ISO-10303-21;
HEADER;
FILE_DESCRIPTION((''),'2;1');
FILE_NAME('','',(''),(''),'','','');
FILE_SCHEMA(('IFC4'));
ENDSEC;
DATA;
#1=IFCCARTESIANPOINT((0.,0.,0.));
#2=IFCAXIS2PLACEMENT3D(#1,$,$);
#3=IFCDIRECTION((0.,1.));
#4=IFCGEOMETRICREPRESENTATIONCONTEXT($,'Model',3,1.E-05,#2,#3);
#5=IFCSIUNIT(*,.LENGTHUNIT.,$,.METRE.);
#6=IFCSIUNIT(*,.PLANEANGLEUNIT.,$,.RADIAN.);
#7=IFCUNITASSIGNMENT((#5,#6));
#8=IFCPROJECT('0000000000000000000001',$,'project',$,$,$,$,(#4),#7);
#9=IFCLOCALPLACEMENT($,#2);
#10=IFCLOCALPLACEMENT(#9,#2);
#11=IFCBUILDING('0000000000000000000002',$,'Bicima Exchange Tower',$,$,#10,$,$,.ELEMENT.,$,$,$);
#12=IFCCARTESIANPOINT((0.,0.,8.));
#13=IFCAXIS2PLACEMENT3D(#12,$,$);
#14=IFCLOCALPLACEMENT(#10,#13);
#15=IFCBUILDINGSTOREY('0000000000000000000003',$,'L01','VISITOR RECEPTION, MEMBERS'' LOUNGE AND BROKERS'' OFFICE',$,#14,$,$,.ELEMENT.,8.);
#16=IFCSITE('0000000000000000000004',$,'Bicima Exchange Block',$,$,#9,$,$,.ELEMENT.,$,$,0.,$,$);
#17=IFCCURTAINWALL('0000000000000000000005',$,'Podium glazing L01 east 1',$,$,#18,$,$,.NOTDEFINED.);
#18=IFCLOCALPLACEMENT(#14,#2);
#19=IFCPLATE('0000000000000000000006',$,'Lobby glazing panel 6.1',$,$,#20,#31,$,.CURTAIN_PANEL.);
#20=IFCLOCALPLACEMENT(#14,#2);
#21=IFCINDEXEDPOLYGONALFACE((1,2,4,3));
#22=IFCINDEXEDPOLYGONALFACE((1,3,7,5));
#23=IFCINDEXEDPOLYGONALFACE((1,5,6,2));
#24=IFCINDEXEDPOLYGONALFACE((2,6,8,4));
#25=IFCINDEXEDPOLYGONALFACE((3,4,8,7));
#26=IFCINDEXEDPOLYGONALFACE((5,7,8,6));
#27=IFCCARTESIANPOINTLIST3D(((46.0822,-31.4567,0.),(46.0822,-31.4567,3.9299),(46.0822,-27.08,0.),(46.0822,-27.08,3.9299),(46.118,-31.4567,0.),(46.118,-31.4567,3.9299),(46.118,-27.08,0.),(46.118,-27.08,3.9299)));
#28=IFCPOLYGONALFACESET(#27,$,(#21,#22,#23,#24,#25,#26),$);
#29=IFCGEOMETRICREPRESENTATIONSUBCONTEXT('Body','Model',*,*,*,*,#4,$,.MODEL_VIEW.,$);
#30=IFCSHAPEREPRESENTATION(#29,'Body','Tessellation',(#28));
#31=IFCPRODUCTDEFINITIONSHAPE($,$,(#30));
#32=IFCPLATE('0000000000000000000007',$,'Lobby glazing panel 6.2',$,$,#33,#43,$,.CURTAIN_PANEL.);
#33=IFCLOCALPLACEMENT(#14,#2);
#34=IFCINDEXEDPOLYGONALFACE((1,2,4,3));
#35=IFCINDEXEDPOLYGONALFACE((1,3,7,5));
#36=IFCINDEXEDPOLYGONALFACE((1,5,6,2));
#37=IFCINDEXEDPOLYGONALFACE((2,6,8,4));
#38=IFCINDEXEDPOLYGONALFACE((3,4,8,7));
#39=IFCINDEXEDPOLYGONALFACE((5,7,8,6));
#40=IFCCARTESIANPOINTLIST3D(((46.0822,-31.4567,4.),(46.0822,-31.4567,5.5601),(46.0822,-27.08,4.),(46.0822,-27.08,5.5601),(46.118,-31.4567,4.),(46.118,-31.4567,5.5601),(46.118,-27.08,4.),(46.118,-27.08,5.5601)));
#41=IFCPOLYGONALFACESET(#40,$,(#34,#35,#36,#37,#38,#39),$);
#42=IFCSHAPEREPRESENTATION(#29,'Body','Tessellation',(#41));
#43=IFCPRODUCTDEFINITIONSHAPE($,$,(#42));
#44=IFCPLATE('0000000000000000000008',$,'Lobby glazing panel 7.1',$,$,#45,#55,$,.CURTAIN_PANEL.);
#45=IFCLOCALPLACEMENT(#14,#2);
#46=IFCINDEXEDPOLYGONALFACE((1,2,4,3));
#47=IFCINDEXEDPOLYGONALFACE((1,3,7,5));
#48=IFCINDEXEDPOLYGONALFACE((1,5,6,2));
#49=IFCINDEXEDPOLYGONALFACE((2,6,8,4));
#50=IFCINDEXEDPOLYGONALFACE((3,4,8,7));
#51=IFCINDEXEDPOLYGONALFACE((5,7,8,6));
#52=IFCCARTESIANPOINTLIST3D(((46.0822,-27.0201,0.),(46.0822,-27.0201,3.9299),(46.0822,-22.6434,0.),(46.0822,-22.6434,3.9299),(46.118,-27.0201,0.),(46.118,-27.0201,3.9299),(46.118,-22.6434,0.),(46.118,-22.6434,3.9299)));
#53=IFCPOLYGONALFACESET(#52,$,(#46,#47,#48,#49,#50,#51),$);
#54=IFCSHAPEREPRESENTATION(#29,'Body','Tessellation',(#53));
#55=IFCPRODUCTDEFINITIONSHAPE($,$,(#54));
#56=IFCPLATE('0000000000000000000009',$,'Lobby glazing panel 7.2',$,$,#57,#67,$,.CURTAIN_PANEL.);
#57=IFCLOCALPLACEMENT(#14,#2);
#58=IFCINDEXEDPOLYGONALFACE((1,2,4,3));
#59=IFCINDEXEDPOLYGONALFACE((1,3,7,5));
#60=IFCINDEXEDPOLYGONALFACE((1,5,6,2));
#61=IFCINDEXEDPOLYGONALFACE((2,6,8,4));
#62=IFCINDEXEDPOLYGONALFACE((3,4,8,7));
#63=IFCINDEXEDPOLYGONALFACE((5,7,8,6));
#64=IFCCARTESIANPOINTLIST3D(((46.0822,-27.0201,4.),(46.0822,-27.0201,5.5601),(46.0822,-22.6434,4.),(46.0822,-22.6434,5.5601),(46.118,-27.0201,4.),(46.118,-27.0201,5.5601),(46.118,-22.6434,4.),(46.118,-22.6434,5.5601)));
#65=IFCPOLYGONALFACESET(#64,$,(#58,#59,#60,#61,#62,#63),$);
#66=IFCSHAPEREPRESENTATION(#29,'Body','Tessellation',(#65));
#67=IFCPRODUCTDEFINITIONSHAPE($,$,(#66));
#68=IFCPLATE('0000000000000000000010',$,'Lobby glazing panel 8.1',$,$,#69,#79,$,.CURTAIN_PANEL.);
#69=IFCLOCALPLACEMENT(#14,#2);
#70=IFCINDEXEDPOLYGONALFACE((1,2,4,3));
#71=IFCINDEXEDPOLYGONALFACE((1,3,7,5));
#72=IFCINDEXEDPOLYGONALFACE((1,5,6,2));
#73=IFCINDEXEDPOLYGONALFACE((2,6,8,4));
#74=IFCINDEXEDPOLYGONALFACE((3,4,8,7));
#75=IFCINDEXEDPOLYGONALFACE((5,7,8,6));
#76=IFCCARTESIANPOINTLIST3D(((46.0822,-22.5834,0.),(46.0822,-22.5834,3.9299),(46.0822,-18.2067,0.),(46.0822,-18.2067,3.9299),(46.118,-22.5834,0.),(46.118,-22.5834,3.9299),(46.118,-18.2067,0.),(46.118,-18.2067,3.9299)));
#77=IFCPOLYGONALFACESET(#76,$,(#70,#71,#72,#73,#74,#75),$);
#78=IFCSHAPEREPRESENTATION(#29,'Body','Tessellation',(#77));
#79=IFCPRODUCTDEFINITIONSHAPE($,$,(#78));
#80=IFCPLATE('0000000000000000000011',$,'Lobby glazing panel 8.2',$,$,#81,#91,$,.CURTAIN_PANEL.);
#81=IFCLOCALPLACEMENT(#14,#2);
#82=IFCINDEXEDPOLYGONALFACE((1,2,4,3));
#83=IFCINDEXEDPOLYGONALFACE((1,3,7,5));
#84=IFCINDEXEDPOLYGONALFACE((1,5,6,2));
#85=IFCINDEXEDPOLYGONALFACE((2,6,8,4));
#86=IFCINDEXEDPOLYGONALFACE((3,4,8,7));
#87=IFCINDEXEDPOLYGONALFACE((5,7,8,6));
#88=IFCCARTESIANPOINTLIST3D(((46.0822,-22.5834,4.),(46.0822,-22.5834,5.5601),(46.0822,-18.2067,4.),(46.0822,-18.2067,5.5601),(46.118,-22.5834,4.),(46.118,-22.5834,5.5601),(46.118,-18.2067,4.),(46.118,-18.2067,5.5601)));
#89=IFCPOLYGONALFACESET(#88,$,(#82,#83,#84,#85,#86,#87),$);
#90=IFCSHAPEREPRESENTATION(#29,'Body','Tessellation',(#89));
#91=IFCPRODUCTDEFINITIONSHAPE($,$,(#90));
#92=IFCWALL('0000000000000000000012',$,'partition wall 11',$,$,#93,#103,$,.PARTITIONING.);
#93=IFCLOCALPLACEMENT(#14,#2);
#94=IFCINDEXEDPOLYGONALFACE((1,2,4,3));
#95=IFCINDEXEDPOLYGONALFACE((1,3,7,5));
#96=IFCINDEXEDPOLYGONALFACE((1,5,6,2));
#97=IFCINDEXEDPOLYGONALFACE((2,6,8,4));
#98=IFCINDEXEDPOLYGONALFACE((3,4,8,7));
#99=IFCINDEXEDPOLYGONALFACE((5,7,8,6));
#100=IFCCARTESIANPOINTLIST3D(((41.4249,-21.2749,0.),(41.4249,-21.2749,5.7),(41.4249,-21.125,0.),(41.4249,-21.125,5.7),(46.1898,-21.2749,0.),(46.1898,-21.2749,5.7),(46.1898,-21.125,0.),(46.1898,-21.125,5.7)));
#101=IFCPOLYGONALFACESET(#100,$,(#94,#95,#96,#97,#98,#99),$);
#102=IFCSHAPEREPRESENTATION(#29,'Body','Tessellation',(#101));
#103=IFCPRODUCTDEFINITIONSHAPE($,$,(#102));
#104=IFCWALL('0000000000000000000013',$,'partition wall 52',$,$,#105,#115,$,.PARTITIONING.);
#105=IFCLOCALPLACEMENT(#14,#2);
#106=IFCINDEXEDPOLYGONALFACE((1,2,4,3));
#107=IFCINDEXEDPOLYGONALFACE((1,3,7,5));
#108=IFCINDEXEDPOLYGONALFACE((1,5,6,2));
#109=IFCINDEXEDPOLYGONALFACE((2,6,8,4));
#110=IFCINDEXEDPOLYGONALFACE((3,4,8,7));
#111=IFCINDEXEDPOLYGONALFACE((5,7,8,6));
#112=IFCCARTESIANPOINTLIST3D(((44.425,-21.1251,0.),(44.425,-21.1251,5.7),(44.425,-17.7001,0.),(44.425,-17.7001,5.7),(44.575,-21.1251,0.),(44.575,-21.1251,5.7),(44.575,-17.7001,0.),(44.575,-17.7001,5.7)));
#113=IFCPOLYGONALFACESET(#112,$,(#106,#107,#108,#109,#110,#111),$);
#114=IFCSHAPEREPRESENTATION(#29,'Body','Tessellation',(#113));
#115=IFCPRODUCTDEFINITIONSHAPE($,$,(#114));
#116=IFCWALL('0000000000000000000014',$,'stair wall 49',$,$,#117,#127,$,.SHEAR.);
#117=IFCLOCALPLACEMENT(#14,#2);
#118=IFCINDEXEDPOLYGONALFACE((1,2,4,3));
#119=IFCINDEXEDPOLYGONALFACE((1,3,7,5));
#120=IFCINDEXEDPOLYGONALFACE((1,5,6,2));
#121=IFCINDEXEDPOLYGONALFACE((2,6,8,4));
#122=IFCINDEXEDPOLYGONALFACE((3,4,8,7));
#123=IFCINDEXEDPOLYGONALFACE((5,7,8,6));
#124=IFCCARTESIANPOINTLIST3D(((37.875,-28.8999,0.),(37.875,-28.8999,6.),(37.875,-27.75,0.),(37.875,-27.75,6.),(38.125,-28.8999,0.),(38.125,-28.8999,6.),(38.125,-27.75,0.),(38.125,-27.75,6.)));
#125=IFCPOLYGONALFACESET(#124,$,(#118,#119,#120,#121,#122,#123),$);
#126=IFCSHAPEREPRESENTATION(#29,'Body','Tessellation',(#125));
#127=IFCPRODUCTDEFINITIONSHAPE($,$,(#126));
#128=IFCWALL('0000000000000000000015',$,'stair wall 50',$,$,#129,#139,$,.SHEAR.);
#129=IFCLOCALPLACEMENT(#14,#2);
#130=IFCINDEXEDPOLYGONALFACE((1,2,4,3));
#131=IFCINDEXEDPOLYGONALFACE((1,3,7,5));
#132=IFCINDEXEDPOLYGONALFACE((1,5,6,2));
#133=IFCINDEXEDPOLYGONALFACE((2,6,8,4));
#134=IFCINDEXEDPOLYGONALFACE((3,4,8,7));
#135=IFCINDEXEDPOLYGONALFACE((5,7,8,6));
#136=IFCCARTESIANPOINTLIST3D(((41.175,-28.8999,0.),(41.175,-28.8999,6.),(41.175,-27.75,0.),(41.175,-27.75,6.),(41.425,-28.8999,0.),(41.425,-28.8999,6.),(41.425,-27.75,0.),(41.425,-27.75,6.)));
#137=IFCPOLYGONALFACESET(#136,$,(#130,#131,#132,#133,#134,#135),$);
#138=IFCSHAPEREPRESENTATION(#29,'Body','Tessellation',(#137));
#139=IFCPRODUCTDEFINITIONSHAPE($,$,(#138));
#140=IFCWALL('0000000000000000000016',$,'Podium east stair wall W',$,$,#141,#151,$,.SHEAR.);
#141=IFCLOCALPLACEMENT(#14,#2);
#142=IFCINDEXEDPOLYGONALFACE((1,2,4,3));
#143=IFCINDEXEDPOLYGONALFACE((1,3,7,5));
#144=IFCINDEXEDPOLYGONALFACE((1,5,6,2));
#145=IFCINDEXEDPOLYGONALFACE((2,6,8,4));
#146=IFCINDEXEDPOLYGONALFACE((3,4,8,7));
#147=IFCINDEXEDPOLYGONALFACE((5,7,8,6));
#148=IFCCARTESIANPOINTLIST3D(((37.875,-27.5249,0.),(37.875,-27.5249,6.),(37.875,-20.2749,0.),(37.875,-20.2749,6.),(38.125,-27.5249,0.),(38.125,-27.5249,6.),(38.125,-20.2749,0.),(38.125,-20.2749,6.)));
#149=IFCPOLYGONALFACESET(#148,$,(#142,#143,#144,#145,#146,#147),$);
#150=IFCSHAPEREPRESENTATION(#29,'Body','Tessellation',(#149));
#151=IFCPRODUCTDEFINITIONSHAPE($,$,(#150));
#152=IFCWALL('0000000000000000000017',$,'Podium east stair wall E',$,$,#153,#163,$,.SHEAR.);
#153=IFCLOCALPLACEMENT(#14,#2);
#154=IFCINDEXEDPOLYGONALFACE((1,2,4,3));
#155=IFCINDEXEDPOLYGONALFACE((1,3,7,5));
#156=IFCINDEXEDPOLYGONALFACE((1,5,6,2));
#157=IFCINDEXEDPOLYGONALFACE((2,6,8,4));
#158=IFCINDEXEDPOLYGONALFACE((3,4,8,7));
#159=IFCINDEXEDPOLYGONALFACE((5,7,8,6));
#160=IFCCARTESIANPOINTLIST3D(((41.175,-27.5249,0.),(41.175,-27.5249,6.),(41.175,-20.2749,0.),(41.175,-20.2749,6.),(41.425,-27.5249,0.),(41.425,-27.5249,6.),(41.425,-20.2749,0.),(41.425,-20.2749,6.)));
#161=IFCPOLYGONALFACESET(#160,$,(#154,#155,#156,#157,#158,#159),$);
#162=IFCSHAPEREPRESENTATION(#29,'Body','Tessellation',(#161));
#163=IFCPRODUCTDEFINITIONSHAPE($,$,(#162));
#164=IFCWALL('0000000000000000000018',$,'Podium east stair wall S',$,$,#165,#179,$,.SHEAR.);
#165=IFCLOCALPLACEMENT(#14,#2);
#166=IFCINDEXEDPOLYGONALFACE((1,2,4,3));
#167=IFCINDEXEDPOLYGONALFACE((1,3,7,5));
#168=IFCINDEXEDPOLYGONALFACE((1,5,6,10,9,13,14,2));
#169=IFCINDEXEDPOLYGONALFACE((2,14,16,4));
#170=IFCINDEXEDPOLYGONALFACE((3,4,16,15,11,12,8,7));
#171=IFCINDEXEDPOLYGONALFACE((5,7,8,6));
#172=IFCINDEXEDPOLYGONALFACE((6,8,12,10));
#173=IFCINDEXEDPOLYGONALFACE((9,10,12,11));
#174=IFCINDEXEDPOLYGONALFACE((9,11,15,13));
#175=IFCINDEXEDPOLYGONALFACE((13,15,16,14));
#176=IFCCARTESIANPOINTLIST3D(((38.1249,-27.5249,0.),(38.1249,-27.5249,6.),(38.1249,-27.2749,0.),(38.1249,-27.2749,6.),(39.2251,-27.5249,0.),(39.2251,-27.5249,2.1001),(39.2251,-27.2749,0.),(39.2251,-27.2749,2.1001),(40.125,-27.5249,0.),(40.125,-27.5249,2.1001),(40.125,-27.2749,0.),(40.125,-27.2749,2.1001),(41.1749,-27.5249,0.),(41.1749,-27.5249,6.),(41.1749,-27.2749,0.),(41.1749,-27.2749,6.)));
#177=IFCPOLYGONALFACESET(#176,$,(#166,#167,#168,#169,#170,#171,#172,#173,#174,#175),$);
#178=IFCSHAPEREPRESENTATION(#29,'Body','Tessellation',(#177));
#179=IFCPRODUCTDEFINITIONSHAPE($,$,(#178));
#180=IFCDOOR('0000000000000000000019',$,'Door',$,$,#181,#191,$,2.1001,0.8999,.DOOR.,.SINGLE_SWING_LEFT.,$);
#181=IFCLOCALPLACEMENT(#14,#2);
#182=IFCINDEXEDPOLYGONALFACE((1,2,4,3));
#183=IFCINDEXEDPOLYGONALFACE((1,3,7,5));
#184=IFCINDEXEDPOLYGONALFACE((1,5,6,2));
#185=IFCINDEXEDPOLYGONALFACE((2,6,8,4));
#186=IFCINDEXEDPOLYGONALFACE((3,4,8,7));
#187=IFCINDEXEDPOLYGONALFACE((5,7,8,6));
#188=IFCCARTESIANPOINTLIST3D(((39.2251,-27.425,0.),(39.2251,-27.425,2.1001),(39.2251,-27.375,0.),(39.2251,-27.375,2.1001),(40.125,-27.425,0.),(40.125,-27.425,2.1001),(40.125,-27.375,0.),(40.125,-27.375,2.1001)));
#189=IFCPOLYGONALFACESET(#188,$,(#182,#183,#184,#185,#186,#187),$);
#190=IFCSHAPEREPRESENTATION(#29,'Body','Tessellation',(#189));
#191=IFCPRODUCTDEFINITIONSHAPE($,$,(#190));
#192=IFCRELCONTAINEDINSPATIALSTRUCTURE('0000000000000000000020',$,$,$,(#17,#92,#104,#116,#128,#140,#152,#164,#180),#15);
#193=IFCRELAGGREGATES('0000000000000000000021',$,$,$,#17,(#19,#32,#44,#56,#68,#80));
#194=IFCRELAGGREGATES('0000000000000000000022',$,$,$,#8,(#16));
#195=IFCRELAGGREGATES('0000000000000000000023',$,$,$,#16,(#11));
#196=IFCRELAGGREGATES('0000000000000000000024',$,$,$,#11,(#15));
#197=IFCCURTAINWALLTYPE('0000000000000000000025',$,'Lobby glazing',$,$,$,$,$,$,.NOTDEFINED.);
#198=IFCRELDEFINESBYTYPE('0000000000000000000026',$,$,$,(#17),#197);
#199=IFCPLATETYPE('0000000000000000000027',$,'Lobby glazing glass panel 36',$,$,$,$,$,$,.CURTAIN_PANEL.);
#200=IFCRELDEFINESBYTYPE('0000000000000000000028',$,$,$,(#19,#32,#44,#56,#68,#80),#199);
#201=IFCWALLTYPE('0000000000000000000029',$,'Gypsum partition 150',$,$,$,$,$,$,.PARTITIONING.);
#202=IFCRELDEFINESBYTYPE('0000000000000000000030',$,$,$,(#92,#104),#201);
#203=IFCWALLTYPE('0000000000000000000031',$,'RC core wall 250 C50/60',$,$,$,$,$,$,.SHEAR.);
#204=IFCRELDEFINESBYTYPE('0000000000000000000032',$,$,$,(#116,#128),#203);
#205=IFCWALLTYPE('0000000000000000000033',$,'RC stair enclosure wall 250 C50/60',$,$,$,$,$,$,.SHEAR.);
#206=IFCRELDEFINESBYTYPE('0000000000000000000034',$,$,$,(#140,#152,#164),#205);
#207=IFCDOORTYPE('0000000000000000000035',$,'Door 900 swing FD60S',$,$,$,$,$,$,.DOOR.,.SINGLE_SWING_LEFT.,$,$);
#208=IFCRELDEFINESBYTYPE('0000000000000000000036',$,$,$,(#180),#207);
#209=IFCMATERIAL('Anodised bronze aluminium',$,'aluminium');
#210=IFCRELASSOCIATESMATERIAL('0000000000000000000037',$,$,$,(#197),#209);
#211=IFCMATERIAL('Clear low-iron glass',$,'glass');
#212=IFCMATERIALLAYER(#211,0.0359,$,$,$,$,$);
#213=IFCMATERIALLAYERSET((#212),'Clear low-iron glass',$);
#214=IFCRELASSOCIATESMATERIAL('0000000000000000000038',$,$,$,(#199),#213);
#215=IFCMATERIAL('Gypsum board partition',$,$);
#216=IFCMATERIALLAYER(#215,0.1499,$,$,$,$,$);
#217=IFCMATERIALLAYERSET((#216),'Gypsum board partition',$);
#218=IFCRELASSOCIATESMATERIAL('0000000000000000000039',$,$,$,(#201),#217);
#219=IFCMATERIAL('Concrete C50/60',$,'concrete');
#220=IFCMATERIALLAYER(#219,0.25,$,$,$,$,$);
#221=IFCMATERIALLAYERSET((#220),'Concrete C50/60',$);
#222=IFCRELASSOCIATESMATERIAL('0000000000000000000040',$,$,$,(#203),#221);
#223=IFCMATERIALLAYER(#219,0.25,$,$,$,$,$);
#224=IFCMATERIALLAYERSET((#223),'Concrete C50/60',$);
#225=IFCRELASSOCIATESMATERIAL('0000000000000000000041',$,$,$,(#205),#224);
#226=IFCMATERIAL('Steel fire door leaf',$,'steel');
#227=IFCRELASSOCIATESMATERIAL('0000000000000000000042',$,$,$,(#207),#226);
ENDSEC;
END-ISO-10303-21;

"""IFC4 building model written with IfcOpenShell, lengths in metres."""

from ifc_helpers import new_model, si_unit, direction, frame, frame_2d, origin, origin_2d, place, context, subcontext, project, spatial, rectangle, extrude, material, layer, layer_set, type_object, element, fill, aggregate, save


model = new_model("IFC4")

# Units and contexts
model_context = context("Model", 3, precision=1e-05, world=origin(), true_north=direction((0.0, 1.0)))
body_context = subcontext(model_context, "Body", "Model", "MODEL_VIEW")
ifc_project = project(units=[si_unit("LENGTHUNIT", "METRE"), si_unit("PLANEANGLEUNIT", "RADIAN")], contexts=[model_context])

# Site, building, storey
site_placement = place(None, origin())
site = spatial("IfcSite", under=ifc_project, at=site_placement, Name="Bicima Exchange Block", CompositionType="ELEMENT", RefElevation=0.0)
building_placement = place(site_placement, origin())
building = spatial("IfcBuilding", under=site, at=building_placement, Name="Bicima Exchange Tower", CompositionType="ELEMENT")
storey_placement = place(building_placement, frame((0.0, 0.0, 8.0)))
storey = spatial("IfcBuildingStorey", under=building, at=storey_placement, Name="L01", Description="VISITOR RECEPTION, MEMBERS' LOUNGE AND BROKERS' OFFICE", CompositionType="ELEMENT", Elevation=8.0)

# Curtain wall, plates
ifc_material_1 = material(Name="Anodised bronze aluminium", Category="aluminium")
curtain_wall_type = type_object("IfcCurtainWallType", Name="Lobby glazing", PredefinedType="NOTDEFINED", material=ifc_material_1)
curtain_wall_placement = place(storey_placement, origin())
curtain_wall = element("IfcCurtainWall", 1, at=curtain_wall_placement, inside=storey, type_object=curtain_wall_type, Name="Podium glazing L01 east 1", PredefinedType="NOTDEFINED")
ifc_material_2 = material(Name="Clear low-iron glass", Category="glass")
ifc_layer_1 = layer(ifc_material_2, 0.0359)
ifc_layer_set_1 = layer_set([ifc_layer_1], Name="Clear low-iron glass")
plate_type = type_object("IfcPlateType", Name="Lobby glazing glass panel 36", PredefinedType="CURTAIN_PANEL", material=ifc_layer_set_1)
plate_1_placement = place(storey_placement, frame((46.1001, -29.2683, 0.0), z_axis=(0.0, 0.0, 1.0), x_axis=(0.0, 1.0, 0.0)))
plate_1 = element("IfcPlate", 2, at=plate_1_placement, type_object=plate_type, Name="Lobby glazing panel 6.1", PredefinedType="CURTAIN_PANEL", context=body_context, shape_type="SweptSolid", body=[
    extrude(rectangle(XDim=4.3767, YDim=0.0359, at=origin_2d()), origin(), (0.0, 0.0, 1.0), 3.9299),
])
plate_2_placement = place(storey_placement, frame((46.1001, -29.2683, 4.0), z_axis=(0.0, 0.0, 1.0), x_axis=(0.0, 1.0, 0.0)))
plate_2 = element("IfcPlate", 3, at=plate_2_placement, type_object=plate_type, Name="Lobby glazing panel 6.2", PredefinedType="CURTAIN_PANEL", context=body_context, shape_type="SweptSolid", body=[
    extrude(rectangle(XDim=4.3767, YDim=0.0359, at=origin_2d()), origin(), (0.0, 0.0, 1.0), 1.5601),
])
plate_3_placement = place(storey_placement, frame((46.1001, -24.8318, 0.0), z_axis=(0.0, 0.0, 1.0), x_axis=(0.0, 1.0, 0.0)))
plate_3 = element("IfcPlate", 4, at=plate_3_placement, type_object=plate_type, Name="Lobby glazing panel 7.1", PredefinedType="CURTAIN_PANEL", context=body_context, shape_type="SweptSolid", body=[
    extrude(rectangle(XDim=4.3767, YDim=0.0359, at=origin_2d()), origin(), (0.0, 0.0, 1.0), 3.9299),
])
plate_4_placement = place(storey_placement, frame((46.1001, -24.8318, 4.0), z_axis=(0.0, 0.0, 1.0), x_axis=(0.0, 1.0, 0.0)))
plate_4 = element("IfcPlate", 5, at=plate_4_placement, type_object=plate_type, Name="Lobby glazing panel 7.2", PredefinedType="CURTAIN_PANEL", context=body_context, shape_type="SweptSolid", body=[
    extrude(rectangle(XDim=4.3767, YDim=0.0359, at=origin_2d()), origin(), (0.0, 0.0, 1.0), 1.5601),
])
plate_5_placement = place(storey_placement, frame((46.1001, -20.395, 0.0), z_axis=(0.0, 0.0, 1.0), x_axis=(0.0, 1.0, 0.0)))
plate_5 = element("IfcPlate", 6, at=plate_5_placement, type_object=plate_type, Name="Lobby glazing panel 8.1", PredefinedType="CURTAIN_PANEL", context=body_context, shape_type="SweptSolid", body=[
    extrude(rectangle(XDim=4.3767, YDim=0.0359, at=origin_2d()), origin(), (0.0, 0.0, 1.0), 3.9299),
])
plate_6_placement = place(storey_placement, frame((46.1001, -20.395, 4.0), z_axis=(0.0, 0.0, 1.0), x_axis=(0.0, 1.0, 0.0)))
plate_6 = element("IfcPlate", 7, at=plate_6_placement, type_object=plate_type, Name="Lobby glazing panel 8.2", PredefinedType="CURTAIN_PANEL", context=body_context, shape_type="SweptSolid", body=[
    extrude(rectangle(XDim=4.3767, YDim=0.0359, at=origin_2d()), origin(), (0.0, 0.0, 1.0), 1.5601),
])
aggregate(curtain_wall, [plate_1, plate_2, plate_3, plate_4, plate_5, plate_6])

# Walls
ifc_material_3 = material(Name="Gypsum board partition")
ifc_layer_2 = layer(ifc_material_3, 0.1499)
ifc_layer_set_2 = layer_set([ifc_layer_2], Name="Gypsum board partition")
wall_type_1 = type_object("IfcWallType", Name="Gypsum partition 150", PredefinedType="PARTITIONING", material=ifc_layer_set_2)
wall_1_placement = place(storey_placement, frame((41.425, -21.2, 0.0), z_axis=(0.0, 0.0, 1.0), x_axis=(1.0, 0.0, 0.0)))
element("IfcWall", 8, at=wall_1_placement, inside=storey, type_object=wall_type_1, Name="partition wall 11", PredefinedType="PARTITIONING", context=body_context, shape_type="SweptSolid", body=[
    extrude(rectangle(XDim=4.7649, YDim=0.1499, at=frame_2d((2.3823, 0.0))), origin(), (0.0, 0.0, 1.0), 5.7),
])
wall_2_placement = place(storey_placement, frame((44.5, -21.125, 0.0), z_axis=(0.0, 0.0, 1.0), x_axis=(0.0, 1.0, 0.0)))
element("IfcWall", 9, at=wall_2_placement, inside=storey, type_object=wall_type_1, Name="partition wall 52", PredefinedType="PARTITIONING", context=body_context, shape_type="SweptSolid", body=[
    extrude(rectangle(XDim=3.425, YDim=0.1499, at=frame_2d((1.7124, 0.0))), origin(), (0.0, 0.0, 1.0), 5.7),
])
ifc_material_4 = material(Name="Concrete C50/60", Category="concrete")
ifc_layer_3 = layer(ifc_material_4, 0.25)
ifc_layer_set_3 = layer_set([ifc_layer_3], Name="Concrete C50/60")
wall_type_2 = type_object("IfcWallType", Name="RC core wall 250 C50/60", PredefinedType="SHEAR", material=ifc_layer_set_3)
for number, where, z_axis, x_axis, name in (
    (10, (38.0, -28.8999, 0.0), (0.0, 0.0, 1.0), (0.0, 1.0, 0.0), "stair wall 49"),
    (11, (41.3, -28.8999, 0.0), (0.0, 0.0, 1.0), (0.0, 1.0, 0.0), "stair wall 50"),
):
    element("IfcWall", number, at=place(storey_placement, frame(where, z_axis=z_axis, x_axis=x_axis)), inside=storey, type_object=wall_type_2, Name=name, PredefinedType="SHEAR", context=body_context, shape_type="SweptSolid", body=[
        extrude(rectangle(XDim=1.1499, YDim=0.25, at=frame_2d((0.575, 0.0))), origin(), (0.0, 0.0, 1.0), 6.0),
    ])
ifc_layer_4 = layer(ifc_material_4, 0.25)
ifc_layer_set_4 = layer_set([ifc_layer_4], Name="Concrete C50/60")
wall_type_3 = type_object("IfcWallType", Name="RC stair enclosure wall 250 C50/60", PredefinedType="SHEAR", material=ifc_layer_set_4)
for number, where, z_axis, x_axis, name in (
    (12, (38.0, -27.5249, 0.0), (0.0, 0.0, 1.0), (0.0, 1.0, 0.0), "Podium east stair wall W"),
    (13, (41.3, -27.5249, 0.0), (0.0, 0.0, 1.0), (0.0, 1.0, 0.0), "Podium east stair wall E"),
):
    element("IfcWall", number, at=place(storey_placement, frame(where, z_axis=z_axis, x_axis=x_axis)), inside=storey, type_object=wall_type_3, Name=name, PredefinedType="SHEAR", context=body_context, shape_type="SweptSolid", body=[
        extrude(rectangle(XDim=7.25, YDim=0.25, at=frame_2d((3.625, 0.0))), origin(), (0.0, 0.0, 1.0), 6.0),
    ])

# Wall, opening, door
wall_3_placement = place(storey_placement, frame((38.125, -27.3999, 0.0), z_axis=(0.0, 0.0, 1.0), x_axis=(1.0, 0.0, 0.0)))
wall_3 = element("IfcWall", 14, at=wall_3_placement, inside=storey, type_object=wall_type_3, Name="Podium east stair wall S", PredefinedType="SHEAR", context=body_context, shape_type="SweptSolid", body=[
    extrude(rectangle(XDim=3.05, YDim=0.25, at=frame_2d((1.5249, 0.0))), origin(), (0.0, 0.0, 1.0), 6.0),
])
opening_placement = place(wall_3_placement, frame((1.1001, 0.0, 0.0)))
opening = element("IfcOpeningElement", 15, at=opening_placement, cuts=wall_3, PredefinedType="OPENING", context=body_context, shape_type="SweptSolid", body=[
    extrude(rectangle(XDim=0.8999, YDim=2.1001, at=frame_2d((0.45, 1.05))), frame((0.0, 0.137, 0.0), z_axis=(0.0, -1.0, 0.0), x_axis=(1.0, 0.0, 0.0)), (0.0, 0.0, 1.0), 0.2739),
])
ifc_material_5 = material(Name="Steel fire door leaf", Category="steel")
door_type = type_object("IfcDoorType", Name="Door 900 swing FD60S", OperationType="SINGLE_SWING_LEFT", PredefinedType="DOOR", material=ifc_material_5)
door_placement = place(opening_placement, origin())
door = element("IfcDoor", 16, at=door_placement, inside=storey, type_object=door_type, Name="Door", OperationType="SINGLE_SWING_LEFT", OverallHeight=2.1001, OverallWidth=0.8999, PredefinedType="DOOR", context=body_context, shape_type="SweptSolid", body=[
    extrude(rectangle(XDim=0.8999, YDim=2.1001, at=frame_2d((0.45, 1.05))), frame((0.0, 0.0249, 0.0), z_axis=(0.0, -1.0, 0.0), x_axis=(1.0, 0.0, 0.0)), (0.0, 0.0, 1.0), 0.05),
])
fill(opening, door)

save(model, "model.ifc")
